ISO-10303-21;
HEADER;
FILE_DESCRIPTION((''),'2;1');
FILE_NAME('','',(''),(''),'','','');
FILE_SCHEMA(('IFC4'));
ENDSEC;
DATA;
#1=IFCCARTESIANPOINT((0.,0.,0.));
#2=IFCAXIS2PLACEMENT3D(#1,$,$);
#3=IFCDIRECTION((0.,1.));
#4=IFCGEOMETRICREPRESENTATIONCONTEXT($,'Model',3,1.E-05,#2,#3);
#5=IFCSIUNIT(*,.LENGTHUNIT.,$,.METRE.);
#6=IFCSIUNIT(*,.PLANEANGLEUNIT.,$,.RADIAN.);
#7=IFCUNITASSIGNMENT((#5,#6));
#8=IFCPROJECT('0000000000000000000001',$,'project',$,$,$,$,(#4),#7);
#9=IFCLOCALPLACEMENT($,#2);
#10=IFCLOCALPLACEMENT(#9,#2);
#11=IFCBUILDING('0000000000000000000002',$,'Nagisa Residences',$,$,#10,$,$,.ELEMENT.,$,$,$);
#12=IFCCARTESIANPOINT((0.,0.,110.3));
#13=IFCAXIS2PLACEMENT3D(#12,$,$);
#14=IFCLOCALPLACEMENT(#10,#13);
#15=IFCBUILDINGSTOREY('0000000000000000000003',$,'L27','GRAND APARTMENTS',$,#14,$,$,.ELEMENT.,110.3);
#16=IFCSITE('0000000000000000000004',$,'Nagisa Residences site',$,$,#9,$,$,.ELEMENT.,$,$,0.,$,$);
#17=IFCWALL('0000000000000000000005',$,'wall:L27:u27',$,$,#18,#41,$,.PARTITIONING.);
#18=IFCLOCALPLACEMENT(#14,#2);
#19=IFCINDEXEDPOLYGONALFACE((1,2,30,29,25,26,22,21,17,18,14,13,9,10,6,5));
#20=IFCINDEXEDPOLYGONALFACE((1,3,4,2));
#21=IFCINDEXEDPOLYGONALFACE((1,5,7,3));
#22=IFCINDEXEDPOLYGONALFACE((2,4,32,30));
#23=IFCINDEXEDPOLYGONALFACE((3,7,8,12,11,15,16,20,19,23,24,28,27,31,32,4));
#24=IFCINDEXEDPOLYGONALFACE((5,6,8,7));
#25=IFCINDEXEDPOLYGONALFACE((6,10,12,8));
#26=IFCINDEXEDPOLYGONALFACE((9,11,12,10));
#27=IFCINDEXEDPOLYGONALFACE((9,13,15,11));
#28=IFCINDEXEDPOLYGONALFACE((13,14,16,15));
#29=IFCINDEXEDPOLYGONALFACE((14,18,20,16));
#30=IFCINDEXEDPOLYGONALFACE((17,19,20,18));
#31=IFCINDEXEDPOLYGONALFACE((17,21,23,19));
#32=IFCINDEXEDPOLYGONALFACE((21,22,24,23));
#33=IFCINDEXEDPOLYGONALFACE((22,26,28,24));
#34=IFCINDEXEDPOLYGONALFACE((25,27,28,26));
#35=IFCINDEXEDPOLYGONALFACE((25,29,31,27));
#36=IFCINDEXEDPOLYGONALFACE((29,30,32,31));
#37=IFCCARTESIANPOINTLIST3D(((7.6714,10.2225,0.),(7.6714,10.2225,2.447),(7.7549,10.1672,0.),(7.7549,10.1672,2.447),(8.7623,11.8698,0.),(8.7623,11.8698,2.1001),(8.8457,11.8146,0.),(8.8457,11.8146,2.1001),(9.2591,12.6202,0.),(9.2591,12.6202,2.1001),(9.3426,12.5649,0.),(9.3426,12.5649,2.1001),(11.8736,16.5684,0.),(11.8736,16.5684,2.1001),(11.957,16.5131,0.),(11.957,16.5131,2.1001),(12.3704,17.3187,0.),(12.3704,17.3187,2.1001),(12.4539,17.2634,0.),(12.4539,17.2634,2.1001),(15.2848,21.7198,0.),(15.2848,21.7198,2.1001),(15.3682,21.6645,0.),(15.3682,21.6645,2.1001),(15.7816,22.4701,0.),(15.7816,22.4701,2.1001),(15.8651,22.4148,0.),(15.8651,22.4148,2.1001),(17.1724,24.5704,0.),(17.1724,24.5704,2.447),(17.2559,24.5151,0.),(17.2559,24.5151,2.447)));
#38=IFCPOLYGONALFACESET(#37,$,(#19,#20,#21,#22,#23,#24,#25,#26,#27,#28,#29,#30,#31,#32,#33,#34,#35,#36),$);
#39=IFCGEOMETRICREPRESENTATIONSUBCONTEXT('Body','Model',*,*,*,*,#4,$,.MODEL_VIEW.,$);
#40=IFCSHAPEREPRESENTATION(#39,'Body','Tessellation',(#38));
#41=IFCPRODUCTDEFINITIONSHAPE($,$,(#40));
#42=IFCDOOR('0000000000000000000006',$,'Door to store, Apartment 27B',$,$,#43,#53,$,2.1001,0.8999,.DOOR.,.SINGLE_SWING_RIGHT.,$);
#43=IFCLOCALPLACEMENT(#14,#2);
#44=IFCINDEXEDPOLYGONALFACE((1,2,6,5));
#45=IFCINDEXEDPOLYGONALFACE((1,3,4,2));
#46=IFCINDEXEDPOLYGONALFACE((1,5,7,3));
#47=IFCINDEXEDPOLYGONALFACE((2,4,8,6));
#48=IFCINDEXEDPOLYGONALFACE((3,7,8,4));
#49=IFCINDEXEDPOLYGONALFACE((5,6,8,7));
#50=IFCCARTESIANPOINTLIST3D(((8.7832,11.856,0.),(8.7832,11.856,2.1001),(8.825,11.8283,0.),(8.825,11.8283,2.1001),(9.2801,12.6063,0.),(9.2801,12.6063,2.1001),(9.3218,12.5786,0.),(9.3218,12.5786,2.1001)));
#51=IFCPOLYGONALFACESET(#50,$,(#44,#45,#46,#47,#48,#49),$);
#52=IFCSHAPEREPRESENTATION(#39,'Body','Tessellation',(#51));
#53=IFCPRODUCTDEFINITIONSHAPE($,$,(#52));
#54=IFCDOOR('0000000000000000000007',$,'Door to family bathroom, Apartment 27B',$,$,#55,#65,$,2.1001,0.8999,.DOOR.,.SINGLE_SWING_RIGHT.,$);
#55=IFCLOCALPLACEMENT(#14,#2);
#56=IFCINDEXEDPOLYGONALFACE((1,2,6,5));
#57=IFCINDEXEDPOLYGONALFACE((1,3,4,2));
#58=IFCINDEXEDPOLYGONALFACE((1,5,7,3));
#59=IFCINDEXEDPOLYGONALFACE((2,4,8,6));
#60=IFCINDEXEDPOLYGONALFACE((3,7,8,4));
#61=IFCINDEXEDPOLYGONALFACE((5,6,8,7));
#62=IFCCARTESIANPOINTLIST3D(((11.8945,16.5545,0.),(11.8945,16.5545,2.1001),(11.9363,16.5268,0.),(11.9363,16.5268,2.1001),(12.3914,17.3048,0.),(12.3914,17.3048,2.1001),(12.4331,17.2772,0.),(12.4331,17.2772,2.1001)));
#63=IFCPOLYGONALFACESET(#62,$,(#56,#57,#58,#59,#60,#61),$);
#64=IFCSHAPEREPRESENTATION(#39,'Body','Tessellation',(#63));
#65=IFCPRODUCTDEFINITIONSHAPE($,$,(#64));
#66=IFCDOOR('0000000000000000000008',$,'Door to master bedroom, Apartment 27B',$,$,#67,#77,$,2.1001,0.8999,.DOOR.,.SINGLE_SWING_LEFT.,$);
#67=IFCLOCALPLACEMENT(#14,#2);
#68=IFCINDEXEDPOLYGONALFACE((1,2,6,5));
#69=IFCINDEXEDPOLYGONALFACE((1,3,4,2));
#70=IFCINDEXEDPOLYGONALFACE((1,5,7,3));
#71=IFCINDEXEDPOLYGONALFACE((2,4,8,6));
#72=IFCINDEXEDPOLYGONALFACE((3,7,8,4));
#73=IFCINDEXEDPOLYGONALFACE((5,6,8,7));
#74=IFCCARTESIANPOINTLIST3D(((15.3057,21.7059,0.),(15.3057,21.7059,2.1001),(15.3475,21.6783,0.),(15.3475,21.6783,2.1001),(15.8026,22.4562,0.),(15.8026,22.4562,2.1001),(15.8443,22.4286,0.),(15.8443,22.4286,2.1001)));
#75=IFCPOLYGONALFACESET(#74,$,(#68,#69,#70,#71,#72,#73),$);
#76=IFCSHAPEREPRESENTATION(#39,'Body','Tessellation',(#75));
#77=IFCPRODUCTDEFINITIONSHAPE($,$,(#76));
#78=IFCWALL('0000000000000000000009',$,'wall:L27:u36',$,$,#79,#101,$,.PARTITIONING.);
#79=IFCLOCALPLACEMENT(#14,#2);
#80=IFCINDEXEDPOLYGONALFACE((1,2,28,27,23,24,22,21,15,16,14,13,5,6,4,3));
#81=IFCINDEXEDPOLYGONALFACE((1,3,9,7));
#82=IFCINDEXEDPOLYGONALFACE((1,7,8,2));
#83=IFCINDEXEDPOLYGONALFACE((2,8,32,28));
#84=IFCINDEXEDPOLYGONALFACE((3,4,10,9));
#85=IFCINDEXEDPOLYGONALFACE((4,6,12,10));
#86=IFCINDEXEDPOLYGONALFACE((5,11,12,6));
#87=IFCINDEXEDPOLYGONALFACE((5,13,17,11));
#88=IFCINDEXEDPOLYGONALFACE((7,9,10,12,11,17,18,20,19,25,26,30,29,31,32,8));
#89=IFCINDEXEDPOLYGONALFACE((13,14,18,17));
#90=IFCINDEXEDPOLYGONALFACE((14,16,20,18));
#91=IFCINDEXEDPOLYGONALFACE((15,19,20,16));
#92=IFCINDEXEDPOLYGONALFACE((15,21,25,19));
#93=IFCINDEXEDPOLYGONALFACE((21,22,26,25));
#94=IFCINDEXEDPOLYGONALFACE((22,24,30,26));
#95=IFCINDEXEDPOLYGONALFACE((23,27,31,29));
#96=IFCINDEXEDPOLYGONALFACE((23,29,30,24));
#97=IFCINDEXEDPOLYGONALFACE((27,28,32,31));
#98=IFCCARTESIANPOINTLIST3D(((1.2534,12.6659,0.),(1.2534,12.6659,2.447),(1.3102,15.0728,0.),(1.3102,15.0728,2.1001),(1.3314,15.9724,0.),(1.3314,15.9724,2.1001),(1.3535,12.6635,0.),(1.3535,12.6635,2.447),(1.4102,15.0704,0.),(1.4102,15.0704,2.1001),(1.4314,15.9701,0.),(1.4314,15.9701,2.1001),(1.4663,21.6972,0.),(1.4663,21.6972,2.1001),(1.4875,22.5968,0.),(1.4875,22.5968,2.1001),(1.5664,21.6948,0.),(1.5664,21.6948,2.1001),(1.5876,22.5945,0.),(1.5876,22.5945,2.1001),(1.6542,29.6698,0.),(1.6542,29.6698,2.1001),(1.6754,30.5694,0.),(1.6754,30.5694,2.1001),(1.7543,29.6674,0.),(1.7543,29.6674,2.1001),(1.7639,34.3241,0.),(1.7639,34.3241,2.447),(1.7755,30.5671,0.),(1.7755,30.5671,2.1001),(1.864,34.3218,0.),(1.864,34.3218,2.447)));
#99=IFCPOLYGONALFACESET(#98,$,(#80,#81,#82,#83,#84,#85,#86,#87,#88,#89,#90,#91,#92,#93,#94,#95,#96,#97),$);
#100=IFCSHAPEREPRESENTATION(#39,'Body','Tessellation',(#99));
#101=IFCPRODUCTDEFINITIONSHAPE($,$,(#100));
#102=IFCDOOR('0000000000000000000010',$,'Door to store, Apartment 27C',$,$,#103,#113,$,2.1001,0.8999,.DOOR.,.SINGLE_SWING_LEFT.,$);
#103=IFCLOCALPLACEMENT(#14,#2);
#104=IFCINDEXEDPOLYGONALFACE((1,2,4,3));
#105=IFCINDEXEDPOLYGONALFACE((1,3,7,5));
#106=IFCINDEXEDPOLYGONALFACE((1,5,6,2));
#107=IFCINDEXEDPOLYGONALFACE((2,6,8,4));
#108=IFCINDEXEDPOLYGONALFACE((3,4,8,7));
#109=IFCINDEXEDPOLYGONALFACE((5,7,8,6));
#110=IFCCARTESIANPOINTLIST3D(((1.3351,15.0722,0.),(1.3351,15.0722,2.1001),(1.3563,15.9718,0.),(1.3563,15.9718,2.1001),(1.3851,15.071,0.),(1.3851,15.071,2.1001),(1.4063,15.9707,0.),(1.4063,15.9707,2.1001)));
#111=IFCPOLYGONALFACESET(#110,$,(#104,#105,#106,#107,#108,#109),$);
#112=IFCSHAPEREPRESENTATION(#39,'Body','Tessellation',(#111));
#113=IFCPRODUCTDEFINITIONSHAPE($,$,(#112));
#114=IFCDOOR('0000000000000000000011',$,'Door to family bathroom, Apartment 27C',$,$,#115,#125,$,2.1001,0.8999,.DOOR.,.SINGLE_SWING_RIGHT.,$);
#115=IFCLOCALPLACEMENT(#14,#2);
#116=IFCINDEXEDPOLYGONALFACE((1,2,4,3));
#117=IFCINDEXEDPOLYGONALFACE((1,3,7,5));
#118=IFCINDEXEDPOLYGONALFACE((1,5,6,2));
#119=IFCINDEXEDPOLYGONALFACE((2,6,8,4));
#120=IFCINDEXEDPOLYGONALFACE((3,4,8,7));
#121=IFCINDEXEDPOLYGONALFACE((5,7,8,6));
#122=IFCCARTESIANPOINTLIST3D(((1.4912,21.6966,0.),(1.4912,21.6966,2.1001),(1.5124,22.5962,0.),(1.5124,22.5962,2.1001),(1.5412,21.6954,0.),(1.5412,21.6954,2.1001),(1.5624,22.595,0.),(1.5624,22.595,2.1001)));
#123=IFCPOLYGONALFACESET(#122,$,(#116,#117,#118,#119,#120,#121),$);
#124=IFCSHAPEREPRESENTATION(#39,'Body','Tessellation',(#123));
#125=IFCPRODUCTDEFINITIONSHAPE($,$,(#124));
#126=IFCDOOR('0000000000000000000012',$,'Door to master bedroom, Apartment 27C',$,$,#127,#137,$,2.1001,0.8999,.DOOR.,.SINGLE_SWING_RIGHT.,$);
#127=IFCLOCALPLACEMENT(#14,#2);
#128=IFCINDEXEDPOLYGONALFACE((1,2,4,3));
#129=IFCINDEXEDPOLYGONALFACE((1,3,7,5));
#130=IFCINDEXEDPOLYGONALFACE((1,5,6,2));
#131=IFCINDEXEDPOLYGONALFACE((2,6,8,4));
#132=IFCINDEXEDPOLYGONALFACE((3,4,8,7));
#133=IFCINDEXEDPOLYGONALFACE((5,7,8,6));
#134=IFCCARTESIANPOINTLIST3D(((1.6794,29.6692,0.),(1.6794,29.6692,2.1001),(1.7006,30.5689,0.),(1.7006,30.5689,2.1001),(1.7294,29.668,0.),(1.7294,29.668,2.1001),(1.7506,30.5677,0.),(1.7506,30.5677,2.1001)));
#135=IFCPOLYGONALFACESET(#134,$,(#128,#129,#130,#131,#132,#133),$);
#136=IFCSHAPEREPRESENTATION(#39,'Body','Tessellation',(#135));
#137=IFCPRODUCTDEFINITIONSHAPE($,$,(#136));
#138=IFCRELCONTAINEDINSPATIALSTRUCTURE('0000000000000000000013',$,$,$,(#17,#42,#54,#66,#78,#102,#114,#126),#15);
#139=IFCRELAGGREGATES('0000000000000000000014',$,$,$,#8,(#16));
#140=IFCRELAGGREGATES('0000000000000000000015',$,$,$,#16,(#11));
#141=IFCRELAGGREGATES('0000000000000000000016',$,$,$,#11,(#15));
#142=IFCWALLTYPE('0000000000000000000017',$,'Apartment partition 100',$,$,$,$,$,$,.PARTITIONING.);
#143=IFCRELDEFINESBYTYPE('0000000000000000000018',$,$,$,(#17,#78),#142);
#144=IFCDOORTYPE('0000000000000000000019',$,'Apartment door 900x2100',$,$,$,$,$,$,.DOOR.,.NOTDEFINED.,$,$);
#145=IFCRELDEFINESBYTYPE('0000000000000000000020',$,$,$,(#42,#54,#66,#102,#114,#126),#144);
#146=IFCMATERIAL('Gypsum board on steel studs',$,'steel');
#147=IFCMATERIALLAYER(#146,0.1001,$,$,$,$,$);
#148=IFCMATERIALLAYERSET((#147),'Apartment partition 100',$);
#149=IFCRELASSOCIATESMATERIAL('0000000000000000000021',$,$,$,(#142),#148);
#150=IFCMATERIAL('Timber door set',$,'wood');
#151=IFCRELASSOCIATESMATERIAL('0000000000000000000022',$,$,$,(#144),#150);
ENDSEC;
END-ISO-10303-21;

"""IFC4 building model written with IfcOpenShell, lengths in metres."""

from ifc_helpers import new_model, si_unit, direction, frame, frame_2d, origin, place, context, subcontext, project, spatial, rectangle, extrude, material, layer, layer_set, type_object, element, fill, save


model = new_model("IFC4")

# Units and contexts
model_context = context("Model", 3, precision=1e-05, world=origin(), true_north=direction((0.0, 1.0)))
body_context = subcontext(model_context, "Body", "Model", "MODEL_VIEW")
ifc_project = project(units=[si_unit("LENGTHUNIT", "METRE"), si_unit("PLANEANGLEUNIT", "RADIAN")], contexts=[model_context])

# Site, building, storey
site_placement = place(None, origin())
site = spatial("IfcSite", under=ifc_project, at=site_placement, Name="Nagisa Residences site", CompositionType="ELEMENT", RefElevation=0.0)
building_placement = place(site_placement, origin())
building = spatial("IfcBuilding", under=site, at=building_placement, Name="Nagisa Residences", CompositionType="ELEMENT")
storey_placement = place(building_placement, frame((0.0, 0.0, 110.3)))
storey = spatial("IfcBuildingStorey", under=building, at=storey_placement, Name="L27", Description="GRAND APARTMENTS", CompositionType="ELEMENT", Elevation=110.3)

# Shared definitions
ifc_material_1 = material(Name="Gypsum board on steel studs", Category="steel")
ifc_layer_1 = layer(ifc_material_1, 0.1001)
ifc_layer_set_1 = layer_set([ifc_layer_1], Name="Apartment partition 100")
wall_type_1 = type_object("IfcWallType", Name="Apartment partition 100", PredefinedType="PARTITIONING", material=ifc_layer_set_1)

# Walls, openings, doors
ifc_material_2 = material(Name="Timber door set", Category="wood")
door_type_1 = type_object("IfcDoorType", Name="Apartment door 900x2100", OperationType="NOTDEFINED", PredefinedType="DOOR", material=ifc_material_2)
wall_1_placement = place(storey_placement, frame((7.7131, 10.1948, 0.0), z_axis=(0.0, 0.0, 1.0), x_axis=(0.552111, 0.833771, 0.0)))
wall_1 = element("IfcWall", 1, at=wall_1_placement, inside=storey, type_object=wall_type_1, Name="wall:L27:u27", PredefinedType="PARTITIONING", context=body_context, shape_type="SweptSolid", body=[
    extrude(rectangle(XDim=17.2085, YDim=0.1001, at=frame_2d((8.6042, 0.0))), origin(), (0.0, 0.0, 1.0), 2.447),
])
opening_1_placement = place(wall_1_placement, frame((1.9758, 0.0, 0.0)))
opening_1 = element("IfcOpeningElement", 2, at=opening_1_placement, cuts=wall_1, PredefinedType="OPENING", context=body_context, shape_type="SweptSolid", body=[
    extrude(rectangle(XDim=0.8999, YDim=2.1001, at=frame_2d((0.45, 1.05))), frame((0.0, 0.0601, 0.0), z_axis=(0.0, -1.0, 0.0), x_axis=(1.0, 0.0, 0.0)), (0.0, 0.0, 1.0), 0.1201),
])
opening_2_placement = place(wall_1_placement, frame((7.6111, 0.0, 0.0)))
opening_2 = element("IfcOpeningElement", 3, at=opening_2_placement, cuts=wall_1, PredefinedType="OPENING", context=body_context, shape_type="SweptSolid", body=[
    extrude(rectangle(XDim=0.8999, YDim=2.1001, at=frame_2d((0.45, 1.05))), frame((0.0, 0.0601, 0.0), z_axis=(0.0, -1.0, 0.0), x_axis=(1.0, 0.0, 0.0)), (0.0, 0.0, 1.0), 0.1201),
])
opening_3_placement = place(wall_1_placement, frame((13.7896, 0.0, 0.0)))
opening_3 = element("IfcOpeningElement", 4, at=opening_3_placement, cuts=wall_1, PredefinedType="OPENING", context=body_context, shape_type="SweptSolid", body=[
    extrude(rectangle(XDim=0.8999, YDim=2.1001, at=frame_2d((0.45, 1.05))), frame((0.0, 0.0601, 0.0), z_axis=(0.0, -1.0, 0.0), x_axis=(1.0, 0.0, 0.0)), (0.0, 0.0, 1.0), 0.1201),
])
door_1_placement = place(opening_1_placement, origin())
door_1 = element("IfcDoor", 5, at=door_1_placement, inside=storey, type_object=door_type_1, Name="Door to store, Apartment 27B", OperationType="SINGLE_SWING_RIGHT", OverallHeight=2.1001, OverallWidth=0.8999, PredefinedType="DOOR", context=body_context, shape_type="SweptSolid", body=[
    extrude(rectangle(XDim=0.8999, YDim=2.1001, at=frame_2d((0.45, 1.05))), frame((0.0, 0.0249, 0.0), z_axis=(0.0, -1.0, 0.0), x_axis=(1.0, 0.0, 0.0)), (0.0, 0.0, 1.0), 0.05),
])
fill(opening_1, door_1)
door_2_placement = place(opening_2_placement, origin())
door_2 = element("IfcDoor", 6, at=door_2_placement, inside=storey, type_object=door_type_1, Name="Door to family bathroom, Apartment 27B", OperationType="SINGLE_SWING_RIGHT", OverallHeight=2.1001, OverallWidth=0.8999, PredefinedType="DOOR", context=body_context, shape_type="SweptSolid", body=[
    extrude(rectangle(XDim=0.8999, YDim=2.1001, at=frame_2d((0.45, 1.05))), frame((0.0, 0.0249, 0.0), z_axis=(0.0, -1.0, 0.0), x_axis=(1.0, 0.0, 0.0)), (0.0, 0.0, 1.0), 0.05),
])
fill(opening_2, door_2)
door_3_placement = place(opening_3_placement, origin())
door_3 = element("IfcDoor", 7, at=door_3_placement, inside=storey, type_object=door_type_1, Name="Door to master bedroom, Apartment 27B", OperationType="SINGLE_SWING_LEFT", OverallHeight=2.1001, OverallWidth=0.8999, PredefinedType="DOOR", context=body_context, shape_type="SweptSolid", body=[
    extrude(rectangle(XDim=0.8999, YDim=2.1001, at=frame_2d((0.45, 1.05))), frame((0.0, 0.0249, 0.0), z_axis=(0.0, -1.0, 0.0), x_axis=(1.0, 0.0, 0.0)), (0.0, 0.0, 1.0), 0.05),
])
fill(opening_3, door_3)
wall_2_placement = place(storey_placement, frame((1.3035, 12.6648, 0.0), z_axis=(0.0, 0.0, 1.0), x_axis=(0.023564, 0.999722, 0.0)))
wall_2 = element("IfcWall", 8, at=wall_2_placement, inside=storey, type_object=wall_type_1, Name="wall:L27:u36", PredefinedType="PARTITIONING", context=body_context, shape_type="SweptSolid", body=[
    extrude(rectangle(XDim=21.6643, YDim=0.1001, at=frame_2d((10.832, 0.0))), origin(), (0.0, 0.0, 1.0), 2.447),
])
opening_4_placement = place(wall_2_placement, frame((2.4075, 0.0, 0.0)))
opening_4 = element("IfcOpeningElement", 9, at=opening_4_placement, cuts=wall_2, PredefinedType="OPENING", context=body_context, shape_type="SweptSolid", body=[
    extrude(rectangle(XDim=0.8999, YDim=2.1001, at=frame_2d((0.45, 1.05))), frame((0.0, 0.0601, 0.0), z_axis=(0.0, -1.0, 0.0), x_axis=(1.0, 0.0, 0.0)), (0.0, 0.0, 1.0), 0.1201),
])
opening_5_placement = place(wall_2_placement, frame((9.0337, 0.0, 0.0)))
opening_5 = element("IfcOpeningElement", 10, at=opening_5_placement, cuts=wall_2, PredefinedType="OPENING", context=body_context, shape_type="SweptSolid", body=[
    extrude(rectangle(XDim=0.8999, YDim=2.1001, at=frame_2d((0.45, 1.05))), frame((0.0, 0.0601, 0.0), z_axis=(0.0, -1.0, 0.0), x_axis=(1.0, 0.0, 0.0)), (0.0, 0.0, 1.0), 0.1201),
])
opening_6_placement = place(wall_2_placement, frame((17.0085, 0.0, 0.0)))
opening_6 = element("IfcOpeningElement", 11, at=opening_6_placement, cuts=wall_2, PredefinedType="OPENING", context=body_context, shape_type="SweptSolid", body=[
    extrude(rectangle(XDim=0.8999, YDim=2.1001, at=frame_2d((0.45, 1.05))), frame((0.0, 0.0601, 0.0), z_axis=(0.0, -1.0, 0.0), x_axis=(1.0, 0.0, 0.0)), (0.0, 0.0, 1.0), 0.1201),
])
door_4_placement = place(opening_4_placement, frame((0.8999, 0.0, 0.0), x_axis=(-1.0, 0.0, 0.0)))
door_4 = element("IfcDoor", 12, at=door_4_placement, inside=storey, type_object=door_type_1, Name="Door to store, Apartment 27C", OperationType="SINGLE_SWING_LEFT", OverallHeight=2.1001, OverallWidth=0.8999, PredefinedType="DOOR", context=body_context, shape_type="SweptSolid", body=[
    extrude(rectangle(XDim=0.8999, YDim=2.1001, at=frame_2d((0.45, 1.05))), frame((0.0, 0.0249, 0.0), z_axis=(0.0, -1.0, 0.0), x_axis=(1.0, 0.0, 0.0)), (0.0, 0.0, 1.0), 0.05),
])
fill(opening_4, door_4)
door_5_placement = place(opening_5_placement, frame((0.8999, 0.0, 0.0), x_axis=(-1.0, 0.0, 0.0)))
door_5 = element("IfcDoor", 13, at=door_5_placement, inside=storey, type_object=door_type_1, Name="Door to family bathroom, Apartment 27C", OperationType="SINGLE_SWING_RIGHT", OverallHeight=2.1001, OverallWidth=0.8999, PredefinedType="DOOR", context=body_context, shape_type="SweptSolid", body=[
    extrude(rectangle(XDim=0.8999, YDim=2.1001, at=frame_2d((0.45, 1.05))), frame((0.0, 0.0249, 0.0), z_axis=(0.0, -1.0, 0.0), x_axis=(1.0, 0.0, 0.0)), (0.0, 0.0, 1.0), 0.05),
])
fill(opening_5, door_5)
door_6_placement = place(opening_6_placement, origin())
door_6 = element("IfcDoor", 14, at=door_6_placement, inside=storey, type_object=door_type_1, Name="Door to master bedroom, Apartment 27C", OperationType="SINGLE_SWING_RIGHT", OverallHeight=2.1001, OverallWidth=0.8999, PredefinedType="DOOR", context=body_context, shape_type="SweptSolid", body=[
    extrude(rectangle(XDim=0.8999, YDim=2.1001, at=frame_2d((0.45, 1.05))), frame((0.0, 0.0249, 0.0), z_axis=(0.0, -1.0, 0.0), x_axis=(1.0, 0.0, 0.0)), (0.0, 0.0, 1.0), 0.05),
])
fill(opening_6, door_6)

save(model, "model.ifc")
